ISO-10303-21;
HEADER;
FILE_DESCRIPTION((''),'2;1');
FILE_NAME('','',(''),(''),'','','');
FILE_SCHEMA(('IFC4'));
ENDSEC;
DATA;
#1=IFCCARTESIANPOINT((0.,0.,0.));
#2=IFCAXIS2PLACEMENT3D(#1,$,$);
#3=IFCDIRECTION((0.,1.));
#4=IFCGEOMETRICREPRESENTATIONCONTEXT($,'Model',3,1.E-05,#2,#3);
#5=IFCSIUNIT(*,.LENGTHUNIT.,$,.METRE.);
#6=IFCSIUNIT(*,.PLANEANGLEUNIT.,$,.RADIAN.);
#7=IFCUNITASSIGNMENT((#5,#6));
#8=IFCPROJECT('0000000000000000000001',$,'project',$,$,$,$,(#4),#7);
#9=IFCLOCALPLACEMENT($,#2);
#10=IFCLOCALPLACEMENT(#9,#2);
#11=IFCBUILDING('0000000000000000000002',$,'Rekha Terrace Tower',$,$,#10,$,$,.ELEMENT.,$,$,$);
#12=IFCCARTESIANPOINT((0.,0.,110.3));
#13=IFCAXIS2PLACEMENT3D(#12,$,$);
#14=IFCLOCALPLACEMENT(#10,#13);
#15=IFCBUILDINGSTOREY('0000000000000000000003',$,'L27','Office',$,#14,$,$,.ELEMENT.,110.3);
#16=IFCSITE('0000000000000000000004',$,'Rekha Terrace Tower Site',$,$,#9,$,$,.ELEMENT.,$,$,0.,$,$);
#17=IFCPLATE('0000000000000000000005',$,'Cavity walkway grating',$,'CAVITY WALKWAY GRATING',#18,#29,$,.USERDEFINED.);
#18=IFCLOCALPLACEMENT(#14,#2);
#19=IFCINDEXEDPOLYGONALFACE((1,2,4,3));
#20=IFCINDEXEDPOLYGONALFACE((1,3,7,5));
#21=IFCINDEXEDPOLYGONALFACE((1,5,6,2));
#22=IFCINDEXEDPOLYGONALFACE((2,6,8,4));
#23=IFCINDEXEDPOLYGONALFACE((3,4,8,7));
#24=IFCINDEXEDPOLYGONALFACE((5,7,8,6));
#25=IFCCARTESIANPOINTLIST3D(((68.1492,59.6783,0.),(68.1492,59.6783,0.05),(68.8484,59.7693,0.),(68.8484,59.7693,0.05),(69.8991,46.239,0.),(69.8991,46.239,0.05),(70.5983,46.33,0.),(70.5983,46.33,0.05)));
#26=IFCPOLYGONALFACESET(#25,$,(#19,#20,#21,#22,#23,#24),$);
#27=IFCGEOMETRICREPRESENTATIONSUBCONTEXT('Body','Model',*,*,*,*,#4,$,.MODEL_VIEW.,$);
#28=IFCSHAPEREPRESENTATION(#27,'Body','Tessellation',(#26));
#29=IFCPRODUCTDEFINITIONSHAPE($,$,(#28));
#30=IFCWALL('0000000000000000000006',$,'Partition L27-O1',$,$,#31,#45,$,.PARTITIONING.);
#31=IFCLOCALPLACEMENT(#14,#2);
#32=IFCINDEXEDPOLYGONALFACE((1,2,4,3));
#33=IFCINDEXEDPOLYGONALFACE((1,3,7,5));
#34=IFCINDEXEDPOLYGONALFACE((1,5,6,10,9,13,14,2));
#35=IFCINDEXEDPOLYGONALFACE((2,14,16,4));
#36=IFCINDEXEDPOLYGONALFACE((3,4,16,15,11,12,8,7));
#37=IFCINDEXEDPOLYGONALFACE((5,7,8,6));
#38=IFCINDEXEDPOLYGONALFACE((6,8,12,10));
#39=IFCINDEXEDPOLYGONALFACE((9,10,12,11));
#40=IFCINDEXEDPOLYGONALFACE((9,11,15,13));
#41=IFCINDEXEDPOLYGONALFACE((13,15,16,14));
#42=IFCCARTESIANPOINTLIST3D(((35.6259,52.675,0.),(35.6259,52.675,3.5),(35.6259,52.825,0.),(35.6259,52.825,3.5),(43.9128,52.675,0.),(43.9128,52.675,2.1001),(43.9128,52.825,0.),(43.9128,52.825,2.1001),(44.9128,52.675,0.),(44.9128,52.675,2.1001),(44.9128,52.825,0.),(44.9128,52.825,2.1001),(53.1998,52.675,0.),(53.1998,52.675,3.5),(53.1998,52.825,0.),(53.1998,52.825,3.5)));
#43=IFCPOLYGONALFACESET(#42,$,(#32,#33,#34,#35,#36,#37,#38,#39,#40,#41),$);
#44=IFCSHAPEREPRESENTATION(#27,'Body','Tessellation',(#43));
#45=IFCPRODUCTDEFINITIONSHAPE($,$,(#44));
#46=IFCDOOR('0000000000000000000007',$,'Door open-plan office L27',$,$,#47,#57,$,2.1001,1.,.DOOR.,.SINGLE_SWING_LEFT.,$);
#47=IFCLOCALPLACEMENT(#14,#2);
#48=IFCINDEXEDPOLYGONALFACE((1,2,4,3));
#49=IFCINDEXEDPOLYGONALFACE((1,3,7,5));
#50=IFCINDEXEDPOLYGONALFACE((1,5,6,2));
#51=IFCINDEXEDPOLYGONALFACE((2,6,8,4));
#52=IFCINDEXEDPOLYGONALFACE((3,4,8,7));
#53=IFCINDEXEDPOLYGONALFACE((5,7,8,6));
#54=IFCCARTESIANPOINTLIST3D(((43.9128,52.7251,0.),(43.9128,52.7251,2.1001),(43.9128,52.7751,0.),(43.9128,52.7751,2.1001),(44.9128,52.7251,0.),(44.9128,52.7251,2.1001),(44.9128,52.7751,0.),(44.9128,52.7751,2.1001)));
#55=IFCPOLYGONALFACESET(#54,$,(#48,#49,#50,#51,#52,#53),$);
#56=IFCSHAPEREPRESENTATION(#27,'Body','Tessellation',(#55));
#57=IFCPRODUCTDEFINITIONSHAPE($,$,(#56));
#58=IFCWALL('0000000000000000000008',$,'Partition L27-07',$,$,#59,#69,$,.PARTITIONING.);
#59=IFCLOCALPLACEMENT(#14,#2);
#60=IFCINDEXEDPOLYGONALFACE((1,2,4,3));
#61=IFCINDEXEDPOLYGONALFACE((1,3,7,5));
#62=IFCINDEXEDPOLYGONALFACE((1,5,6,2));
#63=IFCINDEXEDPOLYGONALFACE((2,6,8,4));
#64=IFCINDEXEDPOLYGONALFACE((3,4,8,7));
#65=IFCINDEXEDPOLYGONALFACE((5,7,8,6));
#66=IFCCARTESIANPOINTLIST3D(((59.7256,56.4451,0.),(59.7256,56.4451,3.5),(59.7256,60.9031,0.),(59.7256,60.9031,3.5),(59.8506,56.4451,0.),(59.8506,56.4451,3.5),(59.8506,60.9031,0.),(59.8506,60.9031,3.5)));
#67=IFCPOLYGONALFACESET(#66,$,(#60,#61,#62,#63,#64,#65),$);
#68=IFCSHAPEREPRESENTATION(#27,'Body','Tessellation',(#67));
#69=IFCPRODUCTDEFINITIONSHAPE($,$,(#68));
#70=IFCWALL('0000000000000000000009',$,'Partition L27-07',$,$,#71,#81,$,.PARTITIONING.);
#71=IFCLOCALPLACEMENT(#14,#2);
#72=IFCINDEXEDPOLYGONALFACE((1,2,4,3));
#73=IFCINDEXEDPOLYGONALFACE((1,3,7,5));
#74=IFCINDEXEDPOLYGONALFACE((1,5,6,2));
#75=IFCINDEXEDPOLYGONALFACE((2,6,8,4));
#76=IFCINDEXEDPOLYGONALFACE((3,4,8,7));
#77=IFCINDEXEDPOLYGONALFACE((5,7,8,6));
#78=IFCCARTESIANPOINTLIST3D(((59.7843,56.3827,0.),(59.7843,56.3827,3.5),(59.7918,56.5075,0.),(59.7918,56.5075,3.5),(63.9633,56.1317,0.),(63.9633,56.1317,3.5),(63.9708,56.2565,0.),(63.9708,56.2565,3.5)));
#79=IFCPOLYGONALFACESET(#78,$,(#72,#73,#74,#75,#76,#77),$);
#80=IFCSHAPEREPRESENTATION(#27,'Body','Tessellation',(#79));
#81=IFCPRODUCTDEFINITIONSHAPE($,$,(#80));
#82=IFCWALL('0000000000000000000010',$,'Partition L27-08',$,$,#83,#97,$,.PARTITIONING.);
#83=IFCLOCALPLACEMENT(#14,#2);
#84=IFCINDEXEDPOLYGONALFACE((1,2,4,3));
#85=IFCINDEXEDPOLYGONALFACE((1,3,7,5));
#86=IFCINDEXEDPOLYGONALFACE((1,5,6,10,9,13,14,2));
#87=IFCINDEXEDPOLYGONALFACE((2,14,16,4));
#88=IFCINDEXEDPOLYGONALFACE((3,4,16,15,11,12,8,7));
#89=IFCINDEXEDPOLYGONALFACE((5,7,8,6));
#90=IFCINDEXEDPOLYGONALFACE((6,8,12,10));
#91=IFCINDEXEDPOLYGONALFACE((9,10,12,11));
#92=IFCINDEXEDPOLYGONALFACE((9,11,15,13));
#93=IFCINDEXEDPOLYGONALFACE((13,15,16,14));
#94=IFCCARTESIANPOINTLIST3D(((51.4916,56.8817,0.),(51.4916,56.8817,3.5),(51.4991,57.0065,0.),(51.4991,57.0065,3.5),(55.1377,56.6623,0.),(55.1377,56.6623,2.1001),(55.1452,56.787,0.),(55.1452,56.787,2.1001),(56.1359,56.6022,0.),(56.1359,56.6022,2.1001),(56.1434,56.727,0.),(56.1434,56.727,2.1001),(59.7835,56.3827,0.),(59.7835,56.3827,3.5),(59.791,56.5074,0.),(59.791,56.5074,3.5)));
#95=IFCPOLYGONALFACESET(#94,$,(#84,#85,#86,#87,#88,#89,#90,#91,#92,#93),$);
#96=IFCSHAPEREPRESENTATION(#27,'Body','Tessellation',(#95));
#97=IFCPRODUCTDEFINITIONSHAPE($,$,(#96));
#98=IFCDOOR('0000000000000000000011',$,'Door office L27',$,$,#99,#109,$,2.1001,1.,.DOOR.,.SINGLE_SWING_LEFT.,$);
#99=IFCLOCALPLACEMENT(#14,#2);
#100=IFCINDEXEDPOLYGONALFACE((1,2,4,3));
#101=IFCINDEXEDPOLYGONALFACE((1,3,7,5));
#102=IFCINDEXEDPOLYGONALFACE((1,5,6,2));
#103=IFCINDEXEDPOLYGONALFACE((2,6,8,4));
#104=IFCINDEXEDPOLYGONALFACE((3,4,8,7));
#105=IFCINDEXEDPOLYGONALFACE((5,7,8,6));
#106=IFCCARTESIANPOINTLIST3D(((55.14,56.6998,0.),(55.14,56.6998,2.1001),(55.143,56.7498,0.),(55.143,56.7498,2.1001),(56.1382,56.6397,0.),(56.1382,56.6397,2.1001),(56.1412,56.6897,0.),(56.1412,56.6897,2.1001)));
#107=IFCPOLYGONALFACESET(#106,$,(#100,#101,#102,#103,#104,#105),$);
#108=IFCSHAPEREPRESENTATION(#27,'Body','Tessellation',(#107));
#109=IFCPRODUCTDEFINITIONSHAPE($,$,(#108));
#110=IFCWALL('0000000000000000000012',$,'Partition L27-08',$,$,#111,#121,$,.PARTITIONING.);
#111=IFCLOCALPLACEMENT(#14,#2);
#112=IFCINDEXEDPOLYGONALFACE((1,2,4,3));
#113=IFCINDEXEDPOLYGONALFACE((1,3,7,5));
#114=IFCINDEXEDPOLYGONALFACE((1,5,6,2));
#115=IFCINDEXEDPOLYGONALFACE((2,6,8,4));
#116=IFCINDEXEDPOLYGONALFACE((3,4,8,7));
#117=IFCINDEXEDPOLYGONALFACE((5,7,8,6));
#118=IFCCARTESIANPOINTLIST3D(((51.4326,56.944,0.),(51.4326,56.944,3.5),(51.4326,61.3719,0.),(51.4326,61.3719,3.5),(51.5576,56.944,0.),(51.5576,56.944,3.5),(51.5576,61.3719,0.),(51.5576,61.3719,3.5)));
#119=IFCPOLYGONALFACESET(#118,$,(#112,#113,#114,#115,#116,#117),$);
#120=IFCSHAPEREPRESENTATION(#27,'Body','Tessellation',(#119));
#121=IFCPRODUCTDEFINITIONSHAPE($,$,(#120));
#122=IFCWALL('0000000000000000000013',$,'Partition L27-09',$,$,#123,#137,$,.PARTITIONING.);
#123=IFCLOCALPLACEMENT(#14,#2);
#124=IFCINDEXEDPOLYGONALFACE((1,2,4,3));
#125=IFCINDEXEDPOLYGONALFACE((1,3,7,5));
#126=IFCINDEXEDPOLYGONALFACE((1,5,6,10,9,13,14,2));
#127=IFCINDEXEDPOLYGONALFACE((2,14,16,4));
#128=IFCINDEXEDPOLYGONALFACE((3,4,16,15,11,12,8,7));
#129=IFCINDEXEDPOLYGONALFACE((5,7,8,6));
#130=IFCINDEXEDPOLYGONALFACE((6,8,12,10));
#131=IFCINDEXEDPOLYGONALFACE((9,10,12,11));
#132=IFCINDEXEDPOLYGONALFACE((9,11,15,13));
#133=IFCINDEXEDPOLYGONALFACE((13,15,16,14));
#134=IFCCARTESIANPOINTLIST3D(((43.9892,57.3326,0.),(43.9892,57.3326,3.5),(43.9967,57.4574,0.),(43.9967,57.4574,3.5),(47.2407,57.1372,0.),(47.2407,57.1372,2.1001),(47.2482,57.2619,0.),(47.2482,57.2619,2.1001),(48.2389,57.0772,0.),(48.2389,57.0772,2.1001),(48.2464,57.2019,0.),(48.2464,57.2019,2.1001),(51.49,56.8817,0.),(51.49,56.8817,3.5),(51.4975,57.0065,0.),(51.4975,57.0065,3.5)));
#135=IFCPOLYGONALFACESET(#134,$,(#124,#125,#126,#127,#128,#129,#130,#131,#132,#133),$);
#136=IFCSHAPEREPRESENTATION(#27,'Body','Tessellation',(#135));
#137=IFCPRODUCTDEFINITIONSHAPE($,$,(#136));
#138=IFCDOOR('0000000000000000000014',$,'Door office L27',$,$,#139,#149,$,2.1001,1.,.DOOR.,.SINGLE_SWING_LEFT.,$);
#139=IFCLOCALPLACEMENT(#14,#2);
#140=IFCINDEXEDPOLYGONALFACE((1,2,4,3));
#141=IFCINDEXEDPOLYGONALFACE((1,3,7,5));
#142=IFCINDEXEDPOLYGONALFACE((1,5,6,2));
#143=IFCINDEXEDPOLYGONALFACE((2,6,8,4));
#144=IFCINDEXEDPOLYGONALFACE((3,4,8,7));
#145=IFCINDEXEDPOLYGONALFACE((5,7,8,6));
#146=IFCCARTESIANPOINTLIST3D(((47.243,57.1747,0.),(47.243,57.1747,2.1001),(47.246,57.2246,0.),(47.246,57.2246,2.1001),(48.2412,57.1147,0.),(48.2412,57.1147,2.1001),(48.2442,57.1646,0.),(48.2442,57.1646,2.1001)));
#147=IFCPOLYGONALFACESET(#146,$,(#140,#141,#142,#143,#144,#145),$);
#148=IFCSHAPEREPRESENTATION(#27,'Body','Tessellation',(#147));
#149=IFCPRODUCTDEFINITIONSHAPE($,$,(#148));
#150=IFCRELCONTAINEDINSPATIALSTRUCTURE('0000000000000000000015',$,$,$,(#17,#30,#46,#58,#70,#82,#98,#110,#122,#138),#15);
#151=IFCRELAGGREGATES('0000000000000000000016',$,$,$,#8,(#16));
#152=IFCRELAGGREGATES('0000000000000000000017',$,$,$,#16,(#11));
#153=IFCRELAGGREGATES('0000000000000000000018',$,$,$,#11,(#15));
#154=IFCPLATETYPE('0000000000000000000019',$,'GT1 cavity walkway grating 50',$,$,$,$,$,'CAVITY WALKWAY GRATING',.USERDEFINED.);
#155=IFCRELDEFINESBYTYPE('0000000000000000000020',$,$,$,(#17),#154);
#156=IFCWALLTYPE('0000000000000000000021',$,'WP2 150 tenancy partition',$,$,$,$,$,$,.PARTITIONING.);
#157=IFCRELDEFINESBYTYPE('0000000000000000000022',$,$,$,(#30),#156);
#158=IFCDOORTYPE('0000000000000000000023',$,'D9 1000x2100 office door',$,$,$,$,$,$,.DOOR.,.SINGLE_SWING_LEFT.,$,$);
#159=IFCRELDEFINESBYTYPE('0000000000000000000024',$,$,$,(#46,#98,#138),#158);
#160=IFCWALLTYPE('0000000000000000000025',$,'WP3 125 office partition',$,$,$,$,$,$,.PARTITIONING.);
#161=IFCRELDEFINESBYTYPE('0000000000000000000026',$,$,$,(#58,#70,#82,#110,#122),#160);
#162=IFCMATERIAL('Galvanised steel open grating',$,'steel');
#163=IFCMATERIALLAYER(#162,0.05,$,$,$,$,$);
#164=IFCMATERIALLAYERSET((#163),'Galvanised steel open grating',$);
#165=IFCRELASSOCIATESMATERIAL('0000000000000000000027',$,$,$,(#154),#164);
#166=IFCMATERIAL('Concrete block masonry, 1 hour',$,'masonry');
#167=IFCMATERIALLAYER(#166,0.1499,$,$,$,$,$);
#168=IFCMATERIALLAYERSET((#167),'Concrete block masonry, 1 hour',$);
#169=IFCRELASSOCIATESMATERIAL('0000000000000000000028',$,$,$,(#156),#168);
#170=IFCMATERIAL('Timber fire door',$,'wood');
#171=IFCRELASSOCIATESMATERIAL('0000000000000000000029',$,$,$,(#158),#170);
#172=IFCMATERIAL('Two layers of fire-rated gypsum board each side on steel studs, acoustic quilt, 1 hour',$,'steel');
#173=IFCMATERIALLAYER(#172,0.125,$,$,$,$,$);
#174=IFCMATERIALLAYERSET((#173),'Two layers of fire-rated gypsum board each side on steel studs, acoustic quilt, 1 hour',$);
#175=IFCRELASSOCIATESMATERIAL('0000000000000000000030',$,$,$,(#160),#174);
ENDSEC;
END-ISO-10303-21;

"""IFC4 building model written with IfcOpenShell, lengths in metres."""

from ifc_helpers import new_model, si_unit, direction, frame, frame_2d, origin, origin_2d, place, context, subcontext, project, spatial, rectangle, extrude, material, layer, layer_set, type_object, element, fill, save


model = new_model("IFC4")

# Units and contexts
model_context = context("Model", 3, precision=1e-05, world=origin(), true_north=direction((0.0, 1.0)))
body_context = subcontext(model_context, "Body", "Model", "MODEL_VIEW")
ifc_project = project(units=[si_unit("LENGTHUNIT", "METRE"), si_unit("PLANEANGLEUNIT", "RADIAN")], contexts=[model_context])

# Site, building, storey
site_placement = place(None, origin())
site = spatial("IfcSite", under=ifc_project, at=site_placement, Name="Rekha Terrace Tower Site", CompositionType="ELEMENT", RefElevation=0.0)
building_placement = place(site_placement, origin())
building = spatial("IfcBuilding", under=site, at=building_placement, Name="Rekha Terrace Tower", CompositionType="ELEMENT")
storey_placement = place(building_placement, frame((0.0, 0.0, 110.3)))
storey = spatial("IfcBuildingStorey", under=building, at=storey_placement, Name="L27", Description="Office", CompositionType="ELEMENT", Elevation=110.3)

# Plate
ifc_material_1 = material(Name="Galvanised steel open grating", Category="steel")
ifc_layer_1 = layer(ifc_material_1, 0.05)
ifc_layer_set_1 = layer_set([ifc_layer_1], Name="Galvanised steel open grating")
plate_type_1 = type_object("IfcPlateType", Name="GT1 cavity walkway grating 50", ElementType="CAVITY WALKWAY GRATING", PredefinedType="USERDEFINED", material=ifc_layer_set_1)
plate_1_placement = place(storey_placement, frame((69.3738, 53.0042, 0.0), z_axis=(0.0, 0.0, 1.0), x_axis=(-0.129118, 0.991629, 0.0)))
element("IfcPlate", 1, at=plate_1_placement, inside=storey, type_object=plate_type_1, Name="Cavity walkway grating", ObjectType="CAVITY WALKWAY GRATING", PredefinedType="USERDEFINED", context=body_context, shape_type="SweptSolid", body=[
    extrude(rectangle(XDim=13.5527, YDim=0.7051, at=origin_2d()), origin(), (0.0, 0.0, 1.0), 0.05),
])

# Wall, opening, door
ifc_material_2 = material(Name="Concrete block masonry, 1 hour", Category="masonry")
ifc_layer_2 = layer(ifc_material_2, 0.1499)
ifc_layer_set_2 = layer_set([ifc_layer_2], Name="Concrete block masonry, 1 hour")
wall_type_1 = type_object("IfcWallType", Name="WP2 150 tenancy partition", PredefinedType="PARTITIONING", material=ifc_layer_set_2)
wall_1_placement = place(storey_placement, frame((53.2, 52.75, 0.0), z_axis=(0.0, 0.0, 1.0), x_axis=(-1.0, 0.0, 0.0)))
wall_1 = element("IfcWall", 2, at=wall_1_placement, inside=storey, type_object=wall_type_1, Name="Partition L27-O1", PredefinedType="PARTITIONING", context=body_context, shape_type="SweptSolid", body=[
    extrude(rectangle(XDim=17.574, YDim=0.1499, at=frame_2d((8.7871, 0.0))), origin(), (0.0, 0.0, 1.0), 3.5),
])
opening_1_placement = place(wall_1_placement, frame((8.2871, 0.0, 0.0)))
opening_1 = element("IfcOpeningElement", 3, at=opening_1_placement, cuts=wall_1, PredefinedType="OPENING", context=body_context, shape_type="SweptSolid", body=[
    extrude(rectangle(XDim=1.0, YDim=2.1001, at=frame_2d((0.5, 1.05))), frame((0.0, 0.085, 0.0), z_axis=(0.0, -1.0, 0.0), x_axis=(1.0, 0.0, 0.0)), (0.0, 0.0, 1.0), 0.1699),
])
ifc_material_3 = material(Name="Timber fire door", Category="wood")
door_type = type_object("IfcDoorType", Name="D9 1000x2100 office door", OperationType="SINGLE_SWING_LEFT", PredefinedType="DOOR", material=ifc_material_3)
door_1_placement = place(opening_1_placement, origin())
door_1 = element("IfcDoor", 4, at=door_1_placement, inside=storey, type_object=door_type, Name="Door open-plan office L27", OperationType="SINGLE_SWING_LEFT", OverallHeight=2.1001, OverallWidth=1.0, PredefinedType="DOOR", context=body_context, shape_type="SweptSolid", body=[
    extrude(rectangle(XDim=1.0, YDim=2.1001, at=frame_2d((0.5, 1.05))), frame((0.0, 0.0249, 0.0), z_axis=(0.0, -1.0, 0.0), x_axis=(1.0, 0.0, 0.0)), (0.0, 0.0, 1.0), 0.05),
])
fill(opening_1, door_1)

# Walls
ifc_material_4 = material(Name="Two layers of fire-rated gypsum board each side on steel studs, acoustic quilt, 1 hour", Category="steel")
ifc_layer_3 = layer(ifc_material_4, 0.125)
ifc_layer_set_3 = layer_set([ifc_layer_3], Name="Two layers of fire-rated gypsum board each side on steel studs, acoustic quilt, 1 hour")
wall_type_2 = type_object("IfcWallType", Name="WP3 125 office partition", PredefinedType="PARTITIONING", material=ifc_layer_set_3)
wall_2_placement = place(storey_placement, frame((59.7881, 56.4451, 0.0), z_axis=(0.0, 0.0, 1.0), x_axis=(0.0, 1.0, 0.0)))
element("IfcWall", 5, at=wall_2_placement, inside=storey, type_object=wall_type_2, Name="Partition L27-07", PredefinedType="PARTITIONING", context=body_context, shape_type="SweptSolid", body=[
    extrude(rectangle(XDim=4.458, YDim=0.125, at=frame_2d((2.229, 0.0))), origin(), (0.0, 0.0, 1.0), 3.5),
])
wall_3_placement = place(storey_placement, frame((63.967, 56.1941, 0.0), z_axis=(0.0, 0.0, 1.0), x_axis=(-0.998201, 0.059949, 0.0)))
element("IfcWall", 6, at=wall_3_placement, inside=storey, type_object=wall_type_2, Name="Partition L27-07", PredefinedType="PARTITIONING", context=body_context, shape_type="SweptSolid", body=[
    extrude(rectangle(XDim=4.1865, YDim=0.125, at=frame_2d((2.0933, 0.0))), origin(), (0.0, 0.0, 1.0), 3.5),
])

# Wall, opening, door
wall_4_placement = place(storey_placement, frame((59.7871, 56.4451, 0.0), z_axis=(0.0, 0.0, 1.0), x_axis=(-0.998194, 0.060073, 0.0)))
wall_4 = element("IfcWall", 7, at=wall_4_placement, inside=storey, type_object=wall_type_2, Name="Partition L27-08", PredefinedType="PARTITIONING", context=body_context, shape_type="SweptSolid", body=[
    extrude(rectangle(XDim=8.3069, YDim=0.125, at=frame_2d((4.1533, 0.0))), origin(), (0.0, 0.0, 1.0), 3.5),
])
opening_2_placement = place(wall_4_placement, frame((3.6541, 0.0, 0.0)))
opening_2 = element("IfcOpeningElement", 8, at=opening_2_placement, cuts=wall_4, PredefinedType="OPENING", context=body_context, shape_type="SweptSolid", body=[
    extrude(rectangle(XDim=1.0, YDim=2.1001, at=frame_2d((0.5, 1.05))), frame((0.0, 0.0725, 0.0), z_axis=(0.0, -1.0, 0.0), x_axis=(1.0, 0.0, 0.0)), (0.0, 0.0, 1.0), 0.145),
])
door_2_placement = place(opening_2_placement, origin())
door_2 = element("IfcDoor", 9, at=door_2_placement, inside=storey, type_object=door_type, Name="Door office L27", OperationType="SINGLE_SWING_LEFT", OverallHeight=2.1001, OverallWidth=1.0, PredefinedType="DOOR", context=body_context, shape_type="SweptSolid", body=[
    extrude(rectangle(XDim=1.0, YDim=2.1001, at=frame_2d((0.5, 1.05))), frame((0.0, 0.0249, 0.0), z_axis=(0.0, -1.0, 0.0), x_axis=(1.0, 0.0, 0.0)), (0.0, 0.0, 1.0), 0.05),
])
fill(opening_2, door_2)

# Wall
wall_5_placement = place(storey_placement, frame((51.4951, 56.9441, 0.0), z_axis=(0.0, 0.0, 1.0), x_axis=(0.0, 1.0, 0.0)))
element("IfcWall", 10, at=wall_5_placement, inside=storey, type_object=wall_type_2, Name="Partition L27-08", PredefinedType="PARTITIONING", context=body_context, shape_type="SweptSolid", body=[
    extrude(rectangle(XDim=4.428, YDim=0.125, at=frame_2d((2.2139, 0.0))), origin(), (0.0, 0.0, 1.0), 3.5),
])

# Wall, opening, door
wall_6_placement = place(storey_placement, frame((51.4939, 56.9441, 0.0), z_axis=(0.0, 0.0, 1.0), x_axis=(-0.998198, 0.060008, 0.0)))
wall_6 = element("IfcWall", 11, at=wall_6_placement, inside=storey, type_object=wall_type_2, Name="Partition L27-09", PredefinedType="PARTITIONING", context=body_context, shape_type="SweptSolid", body=[
    extrude(rectangle(XDim=7.5144, YDim=0.125, at=frame_2d((3.7573, 0.0))), origin(), (0.0, 0.0, 1.0), 3.5),
])
opening_3_placement = place(wall_6_placement, frame((3.2571, 0.0, 0.0)))
opening_3 = element("IfcOpeningElement", 12, at=opening_3_placement, cuts=wall_6, PredefinedType="OPENING", context=body_context, shape_type="SweptSolid", body=[
    extrude(rectangle(XDim=1.0, YDim=2.1001, at=frame_2d((0.5, 1.05))), frame((0.0, 0.0725, 0.0), z_axis=(0.0, -1.0, 0.0), x_axis=(1.0, 0.0, 0.0)), (0.0, 0.0, 1.0), 0.145),
])
door_3_placement = place(opening_3_placement, origin())
door_3 = element("IfcDoor", 13, at=door_3_placement, inside=storey, type_object=door_type, Name="Door office L27", OperationType="SINGLE_SWING_LEFT", OverallHeight=2.1001, OverallWidth=1.0, PredefinedType="DOOR", context=body_context, shape_type="SweptSolid", body=[
    extrude(rectangle(XDim=1.0, YDim=2.1001, at=frame_2d((0.5, 1.05))), frame((0.0, 0.0249, 0.0), z_axis=(0.0, -1.0, 0.0), x_axis=(1.0, 0.0, 0.0)), (0.0, 0.0, 1.0), 0.05),
])
fill(opening_3, door_3)

save(model, "model.ifc")
